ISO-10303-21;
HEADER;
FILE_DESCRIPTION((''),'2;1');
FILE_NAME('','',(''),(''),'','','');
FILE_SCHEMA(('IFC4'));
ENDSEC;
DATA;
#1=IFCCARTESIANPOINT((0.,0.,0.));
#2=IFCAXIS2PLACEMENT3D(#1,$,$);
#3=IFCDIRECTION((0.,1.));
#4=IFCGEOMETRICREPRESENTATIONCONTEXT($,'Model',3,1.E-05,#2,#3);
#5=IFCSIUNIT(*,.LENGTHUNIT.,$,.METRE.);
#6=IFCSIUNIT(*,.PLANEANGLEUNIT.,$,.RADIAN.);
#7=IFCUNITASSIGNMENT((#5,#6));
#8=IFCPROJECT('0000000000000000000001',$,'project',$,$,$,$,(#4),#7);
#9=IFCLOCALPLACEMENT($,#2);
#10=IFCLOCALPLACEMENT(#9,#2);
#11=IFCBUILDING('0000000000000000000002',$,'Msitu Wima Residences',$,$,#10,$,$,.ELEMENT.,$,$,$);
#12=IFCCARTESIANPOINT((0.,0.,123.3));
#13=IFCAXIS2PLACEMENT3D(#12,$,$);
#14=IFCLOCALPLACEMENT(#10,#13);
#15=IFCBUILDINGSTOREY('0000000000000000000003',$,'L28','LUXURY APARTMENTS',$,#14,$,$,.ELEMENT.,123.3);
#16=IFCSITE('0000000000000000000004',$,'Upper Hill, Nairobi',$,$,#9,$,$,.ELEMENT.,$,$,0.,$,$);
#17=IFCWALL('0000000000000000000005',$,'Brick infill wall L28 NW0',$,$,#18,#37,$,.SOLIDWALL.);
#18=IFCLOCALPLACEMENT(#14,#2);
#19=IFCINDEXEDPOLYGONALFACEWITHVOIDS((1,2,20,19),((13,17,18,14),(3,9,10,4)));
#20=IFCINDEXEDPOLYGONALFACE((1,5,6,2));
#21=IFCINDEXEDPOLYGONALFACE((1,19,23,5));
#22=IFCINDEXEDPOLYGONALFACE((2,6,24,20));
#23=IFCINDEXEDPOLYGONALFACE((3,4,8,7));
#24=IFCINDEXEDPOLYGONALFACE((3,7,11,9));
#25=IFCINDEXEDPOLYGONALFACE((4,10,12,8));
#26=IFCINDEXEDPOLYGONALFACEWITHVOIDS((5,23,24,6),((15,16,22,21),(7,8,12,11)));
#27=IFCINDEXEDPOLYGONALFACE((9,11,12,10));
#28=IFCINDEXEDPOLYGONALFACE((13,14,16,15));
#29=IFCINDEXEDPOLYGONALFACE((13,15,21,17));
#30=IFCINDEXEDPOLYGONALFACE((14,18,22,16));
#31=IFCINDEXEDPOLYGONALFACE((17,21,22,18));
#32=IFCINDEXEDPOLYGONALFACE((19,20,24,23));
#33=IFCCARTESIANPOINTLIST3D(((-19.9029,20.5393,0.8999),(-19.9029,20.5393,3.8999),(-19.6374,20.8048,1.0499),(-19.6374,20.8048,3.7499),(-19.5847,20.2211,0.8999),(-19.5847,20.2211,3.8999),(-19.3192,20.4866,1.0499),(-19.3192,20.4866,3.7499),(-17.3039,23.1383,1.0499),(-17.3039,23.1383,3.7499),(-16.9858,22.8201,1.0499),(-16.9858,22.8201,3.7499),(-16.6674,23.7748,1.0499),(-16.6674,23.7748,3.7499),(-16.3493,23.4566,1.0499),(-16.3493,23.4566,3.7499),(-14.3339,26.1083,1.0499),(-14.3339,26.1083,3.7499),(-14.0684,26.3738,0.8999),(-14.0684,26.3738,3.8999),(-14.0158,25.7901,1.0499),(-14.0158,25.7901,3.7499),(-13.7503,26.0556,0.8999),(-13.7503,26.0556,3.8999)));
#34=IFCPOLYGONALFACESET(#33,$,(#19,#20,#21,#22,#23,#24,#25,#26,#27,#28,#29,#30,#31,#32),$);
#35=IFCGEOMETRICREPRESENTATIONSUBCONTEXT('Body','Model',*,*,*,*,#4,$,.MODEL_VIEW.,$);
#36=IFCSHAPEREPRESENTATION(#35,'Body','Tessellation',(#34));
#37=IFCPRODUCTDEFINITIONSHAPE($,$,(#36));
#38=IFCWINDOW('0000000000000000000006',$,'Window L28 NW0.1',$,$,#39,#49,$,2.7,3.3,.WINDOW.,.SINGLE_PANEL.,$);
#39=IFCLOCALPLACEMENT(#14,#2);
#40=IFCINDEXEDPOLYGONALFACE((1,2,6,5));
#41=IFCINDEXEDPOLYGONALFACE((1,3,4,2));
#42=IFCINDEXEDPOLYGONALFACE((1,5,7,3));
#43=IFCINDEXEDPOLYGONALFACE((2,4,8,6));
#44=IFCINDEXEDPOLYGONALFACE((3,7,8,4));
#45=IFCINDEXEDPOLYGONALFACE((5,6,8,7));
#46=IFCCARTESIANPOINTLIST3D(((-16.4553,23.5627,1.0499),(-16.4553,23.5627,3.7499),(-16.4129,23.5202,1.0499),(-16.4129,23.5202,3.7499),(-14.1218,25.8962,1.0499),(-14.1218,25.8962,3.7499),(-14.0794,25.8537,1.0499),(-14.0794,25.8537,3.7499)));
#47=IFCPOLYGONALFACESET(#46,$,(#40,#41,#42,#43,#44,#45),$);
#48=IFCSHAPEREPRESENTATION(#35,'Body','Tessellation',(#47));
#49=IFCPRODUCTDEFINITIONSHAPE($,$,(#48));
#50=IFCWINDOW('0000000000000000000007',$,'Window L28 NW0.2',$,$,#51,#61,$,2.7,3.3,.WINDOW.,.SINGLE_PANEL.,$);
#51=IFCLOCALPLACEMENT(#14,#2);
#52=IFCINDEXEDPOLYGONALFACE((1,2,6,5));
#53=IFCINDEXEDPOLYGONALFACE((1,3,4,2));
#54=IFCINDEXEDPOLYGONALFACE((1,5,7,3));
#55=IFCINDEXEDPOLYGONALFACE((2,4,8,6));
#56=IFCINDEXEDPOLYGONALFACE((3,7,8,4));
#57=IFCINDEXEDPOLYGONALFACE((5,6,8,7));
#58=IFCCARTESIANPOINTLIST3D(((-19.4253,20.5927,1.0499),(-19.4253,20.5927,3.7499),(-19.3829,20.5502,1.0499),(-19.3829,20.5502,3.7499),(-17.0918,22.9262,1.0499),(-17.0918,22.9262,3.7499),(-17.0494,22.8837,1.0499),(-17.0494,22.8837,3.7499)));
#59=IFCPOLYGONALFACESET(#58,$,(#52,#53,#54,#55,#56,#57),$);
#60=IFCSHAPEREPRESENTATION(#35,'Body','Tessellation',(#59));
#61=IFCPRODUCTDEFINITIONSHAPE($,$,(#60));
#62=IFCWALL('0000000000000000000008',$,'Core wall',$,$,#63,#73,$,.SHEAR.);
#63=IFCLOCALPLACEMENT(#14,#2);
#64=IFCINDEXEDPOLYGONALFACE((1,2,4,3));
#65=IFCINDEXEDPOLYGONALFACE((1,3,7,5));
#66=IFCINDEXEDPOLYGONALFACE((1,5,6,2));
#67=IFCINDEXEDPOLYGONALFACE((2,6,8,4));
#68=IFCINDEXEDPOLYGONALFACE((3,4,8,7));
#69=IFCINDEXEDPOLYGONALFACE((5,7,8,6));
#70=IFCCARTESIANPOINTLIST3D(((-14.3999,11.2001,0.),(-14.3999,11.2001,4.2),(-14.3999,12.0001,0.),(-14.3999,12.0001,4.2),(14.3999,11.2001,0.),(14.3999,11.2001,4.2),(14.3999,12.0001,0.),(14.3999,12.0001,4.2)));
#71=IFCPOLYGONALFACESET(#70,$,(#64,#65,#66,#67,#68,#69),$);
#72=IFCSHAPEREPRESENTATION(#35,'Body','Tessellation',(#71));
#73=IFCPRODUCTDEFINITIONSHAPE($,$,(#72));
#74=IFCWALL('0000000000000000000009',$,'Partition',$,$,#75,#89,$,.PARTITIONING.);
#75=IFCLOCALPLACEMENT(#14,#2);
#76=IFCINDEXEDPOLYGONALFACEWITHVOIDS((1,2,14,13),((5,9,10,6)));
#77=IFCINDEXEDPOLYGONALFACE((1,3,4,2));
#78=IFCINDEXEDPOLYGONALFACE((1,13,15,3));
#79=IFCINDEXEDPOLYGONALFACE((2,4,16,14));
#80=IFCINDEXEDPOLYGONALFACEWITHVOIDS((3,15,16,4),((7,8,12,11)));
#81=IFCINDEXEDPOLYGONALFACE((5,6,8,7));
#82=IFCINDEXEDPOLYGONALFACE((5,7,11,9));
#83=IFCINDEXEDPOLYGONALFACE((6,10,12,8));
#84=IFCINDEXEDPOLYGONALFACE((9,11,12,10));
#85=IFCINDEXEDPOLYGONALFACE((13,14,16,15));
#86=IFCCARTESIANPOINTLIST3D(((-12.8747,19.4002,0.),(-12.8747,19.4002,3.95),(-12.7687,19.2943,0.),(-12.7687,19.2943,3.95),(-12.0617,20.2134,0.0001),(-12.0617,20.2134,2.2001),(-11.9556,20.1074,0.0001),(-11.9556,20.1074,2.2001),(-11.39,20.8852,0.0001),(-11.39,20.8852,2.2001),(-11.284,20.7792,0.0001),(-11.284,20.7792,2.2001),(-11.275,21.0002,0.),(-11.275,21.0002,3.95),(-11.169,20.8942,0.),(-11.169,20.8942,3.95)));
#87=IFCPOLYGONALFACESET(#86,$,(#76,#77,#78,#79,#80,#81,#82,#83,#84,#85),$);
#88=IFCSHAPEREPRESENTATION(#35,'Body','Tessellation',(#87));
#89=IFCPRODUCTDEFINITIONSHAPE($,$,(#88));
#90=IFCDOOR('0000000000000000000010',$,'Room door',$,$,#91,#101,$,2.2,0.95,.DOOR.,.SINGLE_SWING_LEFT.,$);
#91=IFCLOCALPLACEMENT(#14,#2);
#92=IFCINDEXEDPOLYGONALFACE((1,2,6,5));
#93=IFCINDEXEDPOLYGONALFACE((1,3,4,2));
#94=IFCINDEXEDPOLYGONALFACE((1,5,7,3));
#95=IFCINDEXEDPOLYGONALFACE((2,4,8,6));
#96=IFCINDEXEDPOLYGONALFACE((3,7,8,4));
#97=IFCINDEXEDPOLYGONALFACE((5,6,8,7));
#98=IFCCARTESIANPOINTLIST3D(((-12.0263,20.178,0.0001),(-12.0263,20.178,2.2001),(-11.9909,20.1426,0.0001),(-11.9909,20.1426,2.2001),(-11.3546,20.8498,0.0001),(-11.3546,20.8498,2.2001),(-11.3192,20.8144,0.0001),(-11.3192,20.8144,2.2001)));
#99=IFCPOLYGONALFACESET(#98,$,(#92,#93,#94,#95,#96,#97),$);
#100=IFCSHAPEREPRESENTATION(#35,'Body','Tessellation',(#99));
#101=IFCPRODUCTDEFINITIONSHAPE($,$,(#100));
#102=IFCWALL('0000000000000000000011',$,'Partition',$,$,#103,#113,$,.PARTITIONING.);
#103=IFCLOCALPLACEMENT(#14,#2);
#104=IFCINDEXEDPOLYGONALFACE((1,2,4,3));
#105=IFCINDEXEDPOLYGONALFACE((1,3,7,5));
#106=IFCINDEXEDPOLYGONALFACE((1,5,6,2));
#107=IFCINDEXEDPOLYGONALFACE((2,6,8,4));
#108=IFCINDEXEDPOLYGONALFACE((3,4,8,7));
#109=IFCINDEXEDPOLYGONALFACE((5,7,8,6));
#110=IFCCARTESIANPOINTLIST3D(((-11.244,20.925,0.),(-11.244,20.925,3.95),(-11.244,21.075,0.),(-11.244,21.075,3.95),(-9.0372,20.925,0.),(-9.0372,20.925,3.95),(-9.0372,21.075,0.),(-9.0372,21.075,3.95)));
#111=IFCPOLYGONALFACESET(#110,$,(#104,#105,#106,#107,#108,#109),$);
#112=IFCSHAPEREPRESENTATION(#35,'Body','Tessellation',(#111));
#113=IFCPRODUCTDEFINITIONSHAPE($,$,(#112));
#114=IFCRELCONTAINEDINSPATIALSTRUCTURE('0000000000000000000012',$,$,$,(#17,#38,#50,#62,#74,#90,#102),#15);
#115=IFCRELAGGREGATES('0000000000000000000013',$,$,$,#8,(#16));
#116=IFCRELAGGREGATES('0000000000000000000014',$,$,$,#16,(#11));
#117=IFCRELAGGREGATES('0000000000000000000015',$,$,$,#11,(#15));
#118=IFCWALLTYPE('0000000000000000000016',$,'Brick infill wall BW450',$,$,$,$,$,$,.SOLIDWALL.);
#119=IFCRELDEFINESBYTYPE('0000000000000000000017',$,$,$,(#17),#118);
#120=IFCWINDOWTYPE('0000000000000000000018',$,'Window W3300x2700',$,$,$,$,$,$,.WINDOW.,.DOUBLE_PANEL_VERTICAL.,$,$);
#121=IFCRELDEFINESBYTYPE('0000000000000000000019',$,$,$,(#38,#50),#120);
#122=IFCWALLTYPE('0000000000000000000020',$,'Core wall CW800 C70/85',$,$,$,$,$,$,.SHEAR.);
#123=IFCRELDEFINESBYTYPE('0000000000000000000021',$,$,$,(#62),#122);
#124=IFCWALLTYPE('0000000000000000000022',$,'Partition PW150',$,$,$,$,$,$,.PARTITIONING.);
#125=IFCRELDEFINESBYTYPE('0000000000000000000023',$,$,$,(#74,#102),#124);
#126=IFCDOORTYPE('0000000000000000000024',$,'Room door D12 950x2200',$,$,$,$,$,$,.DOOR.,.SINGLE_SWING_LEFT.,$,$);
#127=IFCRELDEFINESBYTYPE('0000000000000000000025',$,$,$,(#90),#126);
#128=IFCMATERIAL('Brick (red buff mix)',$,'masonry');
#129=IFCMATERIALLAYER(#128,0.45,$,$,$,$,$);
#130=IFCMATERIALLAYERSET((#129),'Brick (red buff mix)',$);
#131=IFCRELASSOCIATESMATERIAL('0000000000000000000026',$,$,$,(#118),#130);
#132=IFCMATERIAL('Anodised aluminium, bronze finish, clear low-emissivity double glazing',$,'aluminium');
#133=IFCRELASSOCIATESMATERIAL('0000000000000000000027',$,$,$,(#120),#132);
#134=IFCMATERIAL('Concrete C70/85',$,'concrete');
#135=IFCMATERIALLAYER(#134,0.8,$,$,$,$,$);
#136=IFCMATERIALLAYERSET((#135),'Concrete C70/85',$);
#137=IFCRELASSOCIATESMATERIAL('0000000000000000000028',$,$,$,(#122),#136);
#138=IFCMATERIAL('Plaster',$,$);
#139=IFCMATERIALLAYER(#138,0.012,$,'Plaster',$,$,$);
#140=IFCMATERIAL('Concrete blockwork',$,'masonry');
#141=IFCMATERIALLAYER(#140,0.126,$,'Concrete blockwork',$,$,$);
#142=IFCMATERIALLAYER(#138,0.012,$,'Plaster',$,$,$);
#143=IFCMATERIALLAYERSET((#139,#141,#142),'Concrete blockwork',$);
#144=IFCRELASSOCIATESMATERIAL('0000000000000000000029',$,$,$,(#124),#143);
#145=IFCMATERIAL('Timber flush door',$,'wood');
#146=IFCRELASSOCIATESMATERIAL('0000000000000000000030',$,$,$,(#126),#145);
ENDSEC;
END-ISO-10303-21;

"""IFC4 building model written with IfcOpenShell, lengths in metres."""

from ifc_helpers import new_model, si_unit, direction, frame, frame_2d, origin, place, context, subcontext, project, spatial, rectangle, extrude, material, layer, layer_set, type_object, element, fill, save


model = new_model("IFC4")

# Units and contexts
model_context = context("Model", 3, precision=1e-05, world=origin(), true_north=direction((0.0, 1.0)))
body_context = subcontext(model_context, "Body", "Model", "MODEL_VIEW")
ifc_project = project(units=[si_unit("LENGTHUNIT", "METRE"), si_unit("PLANEANGLEUNIT", "RADIAN")], contexts=[model_context])

# Site, building, storey
site_placement = place(None, origin())
site = spatial("IfcSite", under=ifc_project, at=site_placement, Name="Upper Hill, Nairobi", CompositionType="ELEMENT", RefElevation=0.0)
building_placement = place(site_placement, origin())
building = spatial("IfcBuilding", under=site, at=building_placement, Name="Msitu Wima Residences", CompositionType="ELEMENT")
storey_placement = place(building_placement, frame((0.0, 0.0, 123.3)))
storey = spatial("IfcBuildingStorey", under=building, at=storey_placement, Name="L28", Description="LUXURY APARTMENTS", CompositionType="ELEMENT", Elevation=123.3)

# Shared definitions
ifc_material_1 = material(Name="Concrete C70/85", Category="concrete")

# Wall, openings, windows
ifc_material_2 = material(Name="Brick (red buff mix)", Category="masonry")
ifc_layer_1 = layer(ifc_material_2, 0.45)
ifc_layer_set_1 = layer_set([ifc_layer_1], Name="Brick (red buff mix)")
wall_type_1 = type_object("IfcWallType", Name="Brick infill wall BW450", PredefinedType="SOLIDWALL", material=ifc_layer_set_1)
ifc_material_3 = material(Name="Anodised aluminium, bronze finish, clear low-emissivity double glazing", Category="aluminium")
window_type = type_object("IfcWindowType", Name="Window W3300x2700", PartitioningType="DOUBLE_PANEL_VERTICAL", PredefinedType="WINDOW", material=ifc_material_3)
wall_1_placement = place(storey_placement, frame((-13.9094, 26.2146, 0.8999), z_axis=(0.0, 0.0, 1.0), x_axis=(-0.707107, -0.707107, 0.0)))
wall_1 = element("IfcWall", 1, at=wall_1_placement, inside=storey, type_object=wall_type_1, Name="Brick infill wall L28 NW0", PredefinedType="SOLIDWALL", context=body_context, shape_type="SweptSolid", body=[
    extrude(rectangle(XDim=8.2512, YDim=0.45, at=frame_2d((4.1255, 0.0))), origin(), (0.0, 0.0, 1.0), 3.0),
])
opening_1_placement = place(wall_1_placement, frame((0.3755, 0.0, 0.1499)))
opening_1 = element("IfcOpeningElement", 2, at=opening_1_placement, cuts=wall_1, PredefinedType="OPENING", context=body_context, shape_type="SweptSolid", body=[
    extrude(rectangle(XDim=3.3, YDim=2.7, at=frame_2d((1.6499, 1.3501))), frame((0.0, 0.2349, 0.0), z_axis=(0.0, -1.0, 0.0), x_axis=(1.0, 0.0, 0.0)), (0.0, 0.0, 1.0), 0.47),
])
opening_2_placement = place(wall_1_placement, frame((4.5757, 0.0, 0.1499)))
opening_2 = element("IfcOpeningElement", 3, at=opening_2_placement, cuts=wall_1, PredefinedType="OPENING", context=body_context, shape_type="SweptSolid", body=[
    extrude(rectangle(XDim=3.3, YDim=2.7, at=frame_2d((1.6499, 1.3501))), frame((0.0, 0.2349, 0.0), z_axis=(0.0, -1.0, 0.0), x_axis=(1.0, 0.0, 0.0)), (0.0, 0.0, 1.0), 0.47),
])
window_1_placement = place(opening_1_placement, origin())
window_1 = element("IfcWindow", 4, at=window_1_placement, inside=storey, type_object=window_type, Name="Window L28 NW0.1", OverallHeight=2.7, OverallWidth=3.3, PartitioningType="SINGLE_PANEL", PredefinedType="WINDOW", context=body_context, shape_type="SweptSolid", body=[
    extrude(rectangle(XDim=3.3, YDim=2.7, at=frame_2d((1.6499, 1.3501))), frame((0.0, 0.135, 0.0), z_axis=(0.0, -1.0, 0.0), x_axis=(1.0, 0.0, 0.0)), (0.0, 0.0, 1.0), 0.0601),
])
fill(opening_1, window_1)
window_2_placement = place(opening_2_placement, origin())
window_2 = element("IfcWindow", 5, at=window_2_placement, inside=storey, type_object=window_type, Name="Window L28 NW0.2", OverallHeight=2.7, OverallWidth=3.3, PartitioningType="SINGLE_PANEL", PredefinedType="WINDOW", context=body_context, shape_type="SweptSolid", body=[
    extrude(rectangle(XDim=3.3, YDim=2.7, at=frame_2d((1.6499, 1.3501))), frame((0.0, 0.135, 0.0), z_axis=(0.0, -1.0, 0.0), x_axis=(1.0, 0.0, 0.0)), (0.0, 0.0, 1.0), 0.0601),
])
fill(opening_2, window_2)

# Wall
ifc_layer_2 = layer(ifc_material_1, 0.8)
ifc_layer_set_2 = layer_set([ifc_layer_2], Name="Concrete C70/85")
wall_type_2 = type_object("IfcWallType", Name="Core wall CW800 C70/85", PredefinedType="SHEAR", material=ifc_layer_set_2)
wall_2_placement = place(storey_placement, frame((-14.3999, 11.6001, 0.0), z_axis=(0.0, 0.0, 1.0), x_axis=(1.0, 0.0, 0.0)))
element("IfcWall", 6, at=wall_2_placement, inside=storey, type_object=wall_type_2, Name="Core wall", PredefinedType="SHEAR", context=body_context, shape_type="SweptSolid", body=[
    extrude(rectangle(XDim=28.7998, YDim=0.8, at=frame_2d((14.3999, 0.0))), origin(), (0.0, 0.0, 1.0), 4.2),
])

# Wall, opening, door
ifc_material_4 = material(Name="Plaster")
ifc_layer_3 = layer(ifc_material_4, 0.012, Name="Plaster")
ifc_material_5 = material(Name="Concrete blockwork", Category="masonry")
ifc_layer_4 = layer(ifc_material_5, 0.126, Name="Concrete blockwork")
ifc_layer_5 = layer(ifc_material_4, 0.012, Name="Plaster")
ifc_layer_set_3 = layer_set([ifc_layer_3, ifc_layer_4, ifc_layer_5], Name="Concrete blockwork")
wall_type_3 = type_object("IfcWallType", Name="Partition PW150", PredefinedType="PARTITIONING", material=ifc_layer_set_3)
wall_3_placement = place(storey_placement, frame((-12.8218, 19.3472, 0.0), z_axis=(0.0, 0.0, 1.0), x_axis=(0.707053, 0.707161, 0.0)))
wall_3 = element("IfcWall", 7, at=wall_3_placement, inside=storey, type_object=wall_type_3, Name="Partition", PredefinedType="PARTITIONING", context=body_context, shape_type="SweptSolid", body=[
    extrude(rectangle(XDim=2.2625, YDim=0.1499, at=frame_2d((1.1313, 0.0))), origin(), (0.0, 0.0, 1.0), 3.95),
])
opening_3_placement = place(wall_3_placement, frame((1.1499, 0.0, 0.0)))
opening_3 = element("IfcOpeningElement", 8, at=opening_3_placement, cuts=wall_3, PredefinedType="OPENING", context=body_context, shape_type="SweptSolid", body=[
    extrude(rectangle(XDim=0.95, YDim=2.2, at=frame_2d((0.4751, 1.1001))), frame((0.0, 0.085, 0.0), z_axis=(0.0, -1.0, 0.0), x_axis=(1.0, 0.0, 0.0)), (0.0, 0.0, 1.0), 0.1699),
])
ifc_material_6 = material(Name="Timber flush door", Category="wood")
door_type_1 = type_object("IfcDoorType", Name="Room door D12 950x2200", OperationType="SINGLE_SWING_LEFT", PredefinedType="DOOR", material=ifc_material_6)
door_1_placement = place(opening_3_placement, origin())
door_1 = element("IfcDoor", 9, at=door_1_placement, inside=storey, type_object=door_type_1, Name="Room door", OperationType="SINGLE_SWING_LEFT", OverallHeight=2.2, OverallWidth=0.95, PredefinedType="DOOR", context=body_context, shape_type="SweptSolid", body=[
    extrude(rectangle(XDim=0.95, YDim=2.2, at=frame_2d((0.4751, 1.1001))), frame((0.0, 0.0249, 0.0), z_axis=(0.0, -1.0, 0.0), x_axis=(1.0, 0.0, 0.0)), (0.0, 0.0, 1.0), 0.05),
])
fill(opening_3, door_1)

# Wall
wall_4_placement = place(storey_placement, frame((-11.2441, 21.0, 0.0), z_axis=(0.0, 0.0, 1.0), x_axis=(1.0, 0.0, 0.0)))
element("IfcWall", 10, at=wall_4_placement, inside=storey, type_object=wall_type_3, Name="Partition", PredefinedType="PARTITIONING", context=body_context, shape_type="SweptSolid", body=[
    extrude(rectangle(XDim=2.2068, YDim=0.1499, at=frame_2d((1.1035, 0.0))), origin(), (0.0, 0.0, 1.0), 3.95),
])

save(model, "model.ifc")
